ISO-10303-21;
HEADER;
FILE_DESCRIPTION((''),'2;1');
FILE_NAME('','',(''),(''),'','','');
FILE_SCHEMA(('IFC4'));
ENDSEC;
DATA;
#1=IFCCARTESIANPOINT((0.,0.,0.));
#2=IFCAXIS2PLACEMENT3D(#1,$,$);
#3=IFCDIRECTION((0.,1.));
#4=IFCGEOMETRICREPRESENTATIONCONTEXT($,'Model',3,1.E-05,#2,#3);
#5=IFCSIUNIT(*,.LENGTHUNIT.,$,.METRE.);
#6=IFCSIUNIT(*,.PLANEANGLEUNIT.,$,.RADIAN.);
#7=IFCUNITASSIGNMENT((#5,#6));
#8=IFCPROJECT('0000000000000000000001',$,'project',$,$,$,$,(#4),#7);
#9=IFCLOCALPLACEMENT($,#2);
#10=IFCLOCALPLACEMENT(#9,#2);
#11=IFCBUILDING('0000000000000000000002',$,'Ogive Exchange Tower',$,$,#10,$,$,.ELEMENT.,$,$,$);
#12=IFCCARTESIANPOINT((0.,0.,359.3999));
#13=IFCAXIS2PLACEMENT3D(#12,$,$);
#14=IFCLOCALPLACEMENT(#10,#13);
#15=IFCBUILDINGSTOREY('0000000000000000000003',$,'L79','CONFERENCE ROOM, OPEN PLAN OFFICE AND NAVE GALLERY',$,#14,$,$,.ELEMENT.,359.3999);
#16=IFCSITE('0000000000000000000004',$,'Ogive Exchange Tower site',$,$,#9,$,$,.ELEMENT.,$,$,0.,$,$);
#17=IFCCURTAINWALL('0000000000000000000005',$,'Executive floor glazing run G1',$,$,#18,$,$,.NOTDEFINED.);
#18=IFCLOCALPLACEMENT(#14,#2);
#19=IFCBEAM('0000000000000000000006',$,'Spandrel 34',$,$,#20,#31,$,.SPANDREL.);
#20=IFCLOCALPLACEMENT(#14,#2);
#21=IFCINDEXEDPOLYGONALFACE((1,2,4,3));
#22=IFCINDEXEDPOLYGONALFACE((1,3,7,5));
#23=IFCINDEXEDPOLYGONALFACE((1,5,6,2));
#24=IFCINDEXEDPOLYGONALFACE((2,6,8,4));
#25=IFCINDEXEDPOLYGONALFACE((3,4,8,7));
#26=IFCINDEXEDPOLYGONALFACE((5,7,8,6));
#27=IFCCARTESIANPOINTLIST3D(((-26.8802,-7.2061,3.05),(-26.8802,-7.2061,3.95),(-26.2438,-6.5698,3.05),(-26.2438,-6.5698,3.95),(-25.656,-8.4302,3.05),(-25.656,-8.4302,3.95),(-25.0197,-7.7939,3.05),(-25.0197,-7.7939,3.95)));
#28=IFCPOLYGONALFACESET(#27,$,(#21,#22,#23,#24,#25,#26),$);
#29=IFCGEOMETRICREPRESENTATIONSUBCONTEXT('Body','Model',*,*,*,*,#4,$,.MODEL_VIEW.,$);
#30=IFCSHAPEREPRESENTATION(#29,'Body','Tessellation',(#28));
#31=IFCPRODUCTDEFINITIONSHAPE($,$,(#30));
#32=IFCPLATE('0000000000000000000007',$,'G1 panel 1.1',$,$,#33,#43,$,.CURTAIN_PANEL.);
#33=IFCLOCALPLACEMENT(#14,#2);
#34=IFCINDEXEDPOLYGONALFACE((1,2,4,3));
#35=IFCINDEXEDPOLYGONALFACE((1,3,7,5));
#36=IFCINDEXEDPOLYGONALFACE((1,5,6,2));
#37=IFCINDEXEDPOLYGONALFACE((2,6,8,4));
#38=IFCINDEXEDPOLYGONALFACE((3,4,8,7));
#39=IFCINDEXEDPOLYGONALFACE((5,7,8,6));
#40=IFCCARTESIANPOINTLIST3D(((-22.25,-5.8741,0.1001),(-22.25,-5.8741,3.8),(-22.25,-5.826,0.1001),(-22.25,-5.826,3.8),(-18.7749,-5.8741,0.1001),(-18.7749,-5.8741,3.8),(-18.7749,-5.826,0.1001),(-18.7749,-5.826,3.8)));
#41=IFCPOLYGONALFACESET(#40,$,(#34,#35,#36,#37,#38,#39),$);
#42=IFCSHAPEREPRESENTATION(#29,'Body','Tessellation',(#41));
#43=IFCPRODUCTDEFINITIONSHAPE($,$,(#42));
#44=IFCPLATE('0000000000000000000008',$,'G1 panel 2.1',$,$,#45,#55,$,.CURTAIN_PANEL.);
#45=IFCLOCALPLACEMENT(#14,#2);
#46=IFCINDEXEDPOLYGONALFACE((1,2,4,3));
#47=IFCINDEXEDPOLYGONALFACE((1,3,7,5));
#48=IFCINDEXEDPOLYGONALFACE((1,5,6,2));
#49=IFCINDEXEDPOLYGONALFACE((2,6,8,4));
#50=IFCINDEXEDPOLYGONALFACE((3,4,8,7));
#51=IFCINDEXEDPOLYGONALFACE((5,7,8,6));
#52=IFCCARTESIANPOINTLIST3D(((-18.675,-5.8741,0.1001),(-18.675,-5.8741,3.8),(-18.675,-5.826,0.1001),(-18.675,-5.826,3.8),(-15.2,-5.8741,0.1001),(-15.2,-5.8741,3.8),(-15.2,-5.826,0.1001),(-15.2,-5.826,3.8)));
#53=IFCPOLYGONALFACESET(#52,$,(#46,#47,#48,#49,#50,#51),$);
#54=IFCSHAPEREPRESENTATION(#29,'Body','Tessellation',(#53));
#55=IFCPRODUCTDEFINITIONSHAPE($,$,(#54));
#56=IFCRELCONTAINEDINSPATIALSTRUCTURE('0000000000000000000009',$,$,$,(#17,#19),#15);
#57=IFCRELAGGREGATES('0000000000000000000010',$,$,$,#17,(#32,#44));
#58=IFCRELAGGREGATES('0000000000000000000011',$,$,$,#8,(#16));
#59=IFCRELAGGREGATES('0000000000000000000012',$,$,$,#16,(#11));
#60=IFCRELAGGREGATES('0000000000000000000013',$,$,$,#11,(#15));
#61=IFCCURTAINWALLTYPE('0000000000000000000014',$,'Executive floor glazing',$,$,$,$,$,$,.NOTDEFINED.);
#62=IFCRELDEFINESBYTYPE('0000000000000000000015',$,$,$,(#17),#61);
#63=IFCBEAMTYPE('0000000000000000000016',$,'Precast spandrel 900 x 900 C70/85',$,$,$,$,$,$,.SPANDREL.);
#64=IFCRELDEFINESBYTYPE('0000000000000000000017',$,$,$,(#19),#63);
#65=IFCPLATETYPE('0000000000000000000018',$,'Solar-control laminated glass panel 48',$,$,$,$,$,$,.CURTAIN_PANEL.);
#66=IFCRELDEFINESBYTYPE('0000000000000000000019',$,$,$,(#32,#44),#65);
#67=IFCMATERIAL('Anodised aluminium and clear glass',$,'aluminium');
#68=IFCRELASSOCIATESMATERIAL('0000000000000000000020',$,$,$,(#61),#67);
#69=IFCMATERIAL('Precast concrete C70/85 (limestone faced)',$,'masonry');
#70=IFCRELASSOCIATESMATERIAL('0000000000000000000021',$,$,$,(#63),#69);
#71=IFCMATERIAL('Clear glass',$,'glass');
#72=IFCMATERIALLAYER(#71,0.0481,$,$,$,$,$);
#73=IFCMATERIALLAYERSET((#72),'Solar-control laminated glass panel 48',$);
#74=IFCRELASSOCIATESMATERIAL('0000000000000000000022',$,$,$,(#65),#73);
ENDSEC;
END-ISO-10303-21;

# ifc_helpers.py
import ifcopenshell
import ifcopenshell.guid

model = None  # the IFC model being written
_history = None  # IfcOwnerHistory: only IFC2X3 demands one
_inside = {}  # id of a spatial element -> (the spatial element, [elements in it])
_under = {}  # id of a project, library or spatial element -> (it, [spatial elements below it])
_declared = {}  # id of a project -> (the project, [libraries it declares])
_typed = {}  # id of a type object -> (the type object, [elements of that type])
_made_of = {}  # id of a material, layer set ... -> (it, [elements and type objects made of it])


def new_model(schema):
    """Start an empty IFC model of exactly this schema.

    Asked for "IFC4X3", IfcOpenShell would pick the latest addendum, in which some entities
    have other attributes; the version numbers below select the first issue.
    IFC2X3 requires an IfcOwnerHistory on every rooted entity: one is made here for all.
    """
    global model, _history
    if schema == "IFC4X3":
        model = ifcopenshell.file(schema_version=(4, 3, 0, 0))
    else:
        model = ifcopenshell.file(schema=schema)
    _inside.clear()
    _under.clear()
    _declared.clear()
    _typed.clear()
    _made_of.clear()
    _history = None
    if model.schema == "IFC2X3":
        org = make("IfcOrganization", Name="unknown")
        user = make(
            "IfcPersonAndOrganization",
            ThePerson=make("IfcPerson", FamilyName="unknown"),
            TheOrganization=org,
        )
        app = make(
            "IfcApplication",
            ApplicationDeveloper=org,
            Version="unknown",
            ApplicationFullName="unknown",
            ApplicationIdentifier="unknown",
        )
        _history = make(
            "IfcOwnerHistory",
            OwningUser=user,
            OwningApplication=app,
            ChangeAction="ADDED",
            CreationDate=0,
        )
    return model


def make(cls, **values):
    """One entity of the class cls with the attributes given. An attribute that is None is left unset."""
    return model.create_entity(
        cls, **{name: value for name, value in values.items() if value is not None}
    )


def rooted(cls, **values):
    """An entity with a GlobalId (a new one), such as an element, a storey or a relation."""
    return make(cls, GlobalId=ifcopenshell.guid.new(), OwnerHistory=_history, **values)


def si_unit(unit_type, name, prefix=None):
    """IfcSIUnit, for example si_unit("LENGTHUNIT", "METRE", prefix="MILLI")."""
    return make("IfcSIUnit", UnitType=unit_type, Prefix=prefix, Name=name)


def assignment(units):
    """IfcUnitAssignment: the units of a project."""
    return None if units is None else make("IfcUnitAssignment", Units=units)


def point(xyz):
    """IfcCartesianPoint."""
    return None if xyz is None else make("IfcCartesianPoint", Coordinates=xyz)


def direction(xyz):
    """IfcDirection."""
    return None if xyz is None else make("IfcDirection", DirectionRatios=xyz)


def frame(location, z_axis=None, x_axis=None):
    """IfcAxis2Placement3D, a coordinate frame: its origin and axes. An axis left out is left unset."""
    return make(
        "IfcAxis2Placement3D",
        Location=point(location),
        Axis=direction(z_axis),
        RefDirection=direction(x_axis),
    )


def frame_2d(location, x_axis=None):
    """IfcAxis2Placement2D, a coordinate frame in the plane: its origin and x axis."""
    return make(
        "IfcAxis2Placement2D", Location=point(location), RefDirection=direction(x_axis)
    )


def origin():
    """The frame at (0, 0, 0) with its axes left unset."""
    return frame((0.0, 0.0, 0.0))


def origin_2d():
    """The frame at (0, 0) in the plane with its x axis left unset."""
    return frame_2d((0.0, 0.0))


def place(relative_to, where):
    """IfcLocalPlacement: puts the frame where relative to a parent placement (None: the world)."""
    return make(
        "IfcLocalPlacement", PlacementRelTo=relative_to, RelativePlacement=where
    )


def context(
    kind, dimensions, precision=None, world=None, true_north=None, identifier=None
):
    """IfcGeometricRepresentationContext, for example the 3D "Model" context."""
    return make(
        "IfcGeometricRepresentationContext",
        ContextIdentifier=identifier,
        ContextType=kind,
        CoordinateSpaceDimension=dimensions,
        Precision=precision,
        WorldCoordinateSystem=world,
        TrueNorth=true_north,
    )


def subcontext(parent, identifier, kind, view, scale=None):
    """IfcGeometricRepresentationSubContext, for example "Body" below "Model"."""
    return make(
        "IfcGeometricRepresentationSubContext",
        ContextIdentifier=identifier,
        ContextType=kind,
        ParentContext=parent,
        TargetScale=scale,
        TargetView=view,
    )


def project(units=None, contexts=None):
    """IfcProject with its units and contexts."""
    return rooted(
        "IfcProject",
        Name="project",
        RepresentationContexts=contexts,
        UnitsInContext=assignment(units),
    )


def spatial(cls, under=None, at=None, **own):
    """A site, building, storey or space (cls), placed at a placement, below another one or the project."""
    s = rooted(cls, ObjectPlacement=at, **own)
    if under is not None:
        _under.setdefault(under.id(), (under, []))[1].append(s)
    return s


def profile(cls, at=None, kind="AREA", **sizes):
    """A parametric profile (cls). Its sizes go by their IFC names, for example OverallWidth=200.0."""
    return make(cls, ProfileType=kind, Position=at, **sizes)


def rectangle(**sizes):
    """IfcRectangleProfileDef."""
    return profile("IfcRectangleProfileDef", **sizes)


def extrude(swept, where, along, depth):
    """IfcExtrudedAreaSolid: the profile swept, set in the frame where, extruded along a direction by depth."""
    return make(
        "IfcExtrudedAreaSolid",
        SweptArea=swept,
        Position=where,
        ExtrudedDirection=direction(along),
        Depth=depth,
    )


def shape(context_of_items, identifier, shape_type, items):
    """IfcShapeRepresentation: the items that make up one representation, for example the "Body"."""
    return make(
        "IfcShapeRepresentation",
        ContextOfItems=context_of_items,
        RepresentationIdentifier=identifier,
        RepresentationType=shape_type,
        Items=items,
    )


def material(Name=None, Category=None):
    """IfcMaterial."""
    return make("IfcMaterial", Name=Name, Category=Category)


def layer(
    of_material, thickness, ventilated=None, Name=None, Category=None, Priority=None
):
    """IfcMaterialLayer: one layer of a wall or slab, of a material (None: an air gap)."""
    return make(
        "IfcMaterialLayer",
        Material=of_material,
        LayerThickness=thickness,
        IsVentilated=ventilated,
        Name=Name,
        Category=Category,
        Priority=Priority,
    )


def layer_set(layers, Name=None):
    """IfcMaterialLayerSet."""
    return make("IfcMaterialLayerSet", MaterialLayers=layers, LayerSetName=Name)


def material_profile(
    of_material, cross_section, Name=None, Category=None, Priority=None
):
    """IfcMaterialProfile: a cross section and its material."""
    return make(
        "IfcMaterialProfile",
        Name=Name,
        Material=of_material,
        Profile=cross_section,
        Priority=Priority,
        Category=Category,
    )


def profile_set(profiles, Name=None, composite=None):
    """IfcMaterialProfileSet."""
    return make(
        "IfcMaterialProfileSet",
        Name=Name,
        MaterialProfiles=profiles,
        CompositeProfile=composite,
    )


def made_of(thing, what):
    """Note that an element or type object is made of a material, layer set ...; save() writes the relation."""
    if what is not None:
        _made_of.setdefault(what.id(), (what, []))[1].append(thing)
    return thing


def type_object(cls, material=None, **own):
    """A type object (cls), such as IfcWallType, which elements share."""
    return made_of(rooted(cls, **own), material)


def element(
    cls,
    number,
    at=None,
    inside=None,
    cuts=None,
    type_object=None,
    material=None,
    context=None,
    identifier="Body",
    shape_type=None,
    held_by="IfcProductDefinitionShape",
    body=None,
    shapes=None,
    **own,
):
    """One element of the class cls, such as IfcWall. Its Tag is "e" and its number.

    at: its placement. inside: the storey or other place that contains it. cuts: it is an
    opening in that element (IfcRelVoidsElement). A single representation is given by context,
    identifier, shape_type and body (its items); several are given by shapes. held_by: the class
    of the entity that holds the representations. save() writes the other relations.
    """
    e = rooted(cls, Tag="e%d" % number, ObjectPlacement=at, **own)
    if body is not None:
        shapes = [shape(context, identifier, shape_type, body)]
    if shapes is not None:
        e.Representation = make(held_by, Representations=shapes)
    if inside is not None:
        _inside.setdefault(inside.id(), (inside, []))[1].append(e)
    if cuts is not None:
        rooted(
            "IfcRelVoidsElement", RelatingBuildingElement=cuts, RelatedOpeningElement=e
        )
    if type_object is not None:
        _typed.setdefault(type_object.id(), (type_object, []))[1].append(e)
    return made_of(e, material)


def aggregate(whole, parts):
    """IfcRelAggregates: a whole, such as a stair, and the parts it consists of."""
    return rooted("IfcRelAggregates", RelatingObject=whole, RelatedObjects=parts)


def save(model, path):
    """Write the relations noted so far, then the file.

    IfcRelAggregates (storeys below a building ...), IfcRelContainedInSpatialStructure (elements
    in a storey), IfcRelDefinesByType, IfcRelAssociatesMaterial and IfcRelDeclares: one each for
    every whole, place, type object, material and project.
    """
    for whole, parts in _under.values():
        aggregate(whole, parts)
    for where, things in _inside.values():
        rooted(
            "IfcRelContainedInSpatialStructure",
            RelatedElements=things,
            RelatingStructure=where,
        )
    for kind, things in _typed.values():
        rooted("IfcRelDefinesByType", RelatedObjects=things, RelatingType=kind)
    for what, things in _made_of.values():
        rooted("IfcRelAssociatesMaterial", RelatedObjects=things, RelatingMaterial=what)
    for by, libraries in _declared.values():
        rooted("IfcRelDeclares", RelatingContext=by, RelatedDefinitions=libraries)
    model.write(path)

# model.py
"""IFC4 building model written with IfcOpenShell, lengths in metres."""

from ifc_helpers import new_model, si_unit, direction, frame, origin, origin_2d, place, context, subcontext, project, spatial, rectangle, extrude, material, layer, layer_set, material_profile, profile_set, type_object, element, aggregate, save


model = new_model("IFC4")

# Units and contexts
model_context = context("Model", 3, precision=1e-05, world=origin(), true_north=direction((0.0, 1.0)))
body_context = subcontext(model_context, "Body", "Model", "MODEL_VIEW")
ifc_project = project(units=[si_unit("LENGTHUNIT", "METRE"), si_unit("PLANEANGLEUNIT", "RADIAN")], contexts=[model_context])

# Site, building, storey
site_placement = place(None, origin())
site = spatial("IfcSite", under=ifc_project, at=site_placement, Name="Ogive Exchange Tower site", CompositionType="ELEMENT", RefElevation=0.0)
building_placement = place(site_placement, origin())
building = spatial("IfcBuilding", under=site, at=building_placement, Name="Ogive Exchange Tower", CompositionType="ELEMENT")
storey_placement = place(building_placement, frame((0.0, 0.0, 359.3999)))
storey = spatial("IfcBuildingStorey", under=building, at=storey_placement, Name="L79", Description="CONFERENCE ROOM, OPEN PLAN OFFICE AND NAVE GALLERY", CompositionType="ELEMENT", Elevation=359.3999)

# Shared definitions
ifc_material_1 = material(Name="Precast concrete C70/85 (limestone faced)", Category="masonry")

# Curtain wall
ifc_material_2 = material(Name="Anodised aluminium and clear glass", Category="aluminium")
curtain_wall_type = type_object("IfcCurtainWallType", Name="Executive floor glazing", PredefinedType="NOTDEFINED", material=ifc_material_2)
curtain_wall_placement = place(storey_placement, origin())
curtain_wall = element("IfcCurtainWall", 1, at=curtain_wall_placement, inside=storey, type_object=curtain_wall_type, Name="Executive floor glazing run G1", PredefinedType="NOTDEFINED")

# Beam
ifc_material_profile_1 = material_profile(ifc_material_1, rectangle(XDim=0.8999, YDim=0.8999, at=origin_2d()), Name="900 x 900")
ifc_profile_set_1 = profile_set([ifc_material_profile_1], Name="Precast concrete C70/85 (limestone faced)")
beam_type_1 = type_object("IfcBeamType", Name="Precast spandrel 900 x 900 C70/85", PredefinedType="SPANDREL", material=ifc_profile_set_1)
for number, where, z_axis, x_axis, name in (
    (2, (-26.562, -6.8879, 3.5), (0.707107, -0.707107, 0.0), (0.707107, 0.707107, 0.0), "Spandrel 34"),
):
    element("IfcBeam", number, at=place(storey_placement, frame(where, z_axis=z_axis, x_axis=x_axis)), inside=storey, type_object=beam_type_1, Name=name, PredefinedType="SPANDREL", context=body_context, shape_type="SweptSolid", body=[
        extrude(rectangle(XDim=0.8999, YDim=0.8999, at=origin_2d()), origin(), (0.0, 0.0, 1.0), 1.7312),
    ])

# Plates
ifc_material_3 = material(Name="Clear glass", Category="glass")
ifc_layer = layer(ifc_material_3, 0.0481)
ifc_layer_set = layer_set([ifc_layer], Name="Solar-control laminated glass panel 48")
plate_type = type_object("IfcPlateType", Name="Solar-control laminated glass panel 48", PredefinedType="CURTAIN_PANEL", material=ifc_layer_set)
plate_1_placement = place(storey_placement, frame((-20.5125, -5.8501, 0.1001), z_axis=(0.0, 0.0, 1.0), x_axis=(1.0, 0.0, 0.0)))
plate_1 = element("IfcPlate", 3, at=plate_1_placement, type_object=plate_type, Name="G1 panel 1.1", PredefinedType="CURTAIN_PANEL", context=body_context, shape_type="SweptSolid", body=[
    extrude(rectangle(XDim=3.4751, YDim=0.0481, at=origin_2d()), origin(), (0.0, 0.0, 1.0), 3.7),
])
plate_2_placement = place(storey_placement, frame((-16.9375, -5.8501, 0.1001), z_axis=(0.0, 0.0, 1.0), x_axis=(1.0, 0.0, 0.0)))
plate_2 = element("IfcPlate", 4, at=plate_2_placement, type_object=plate_type, Name="G1 panel 2.1", PredefinedType="CURTAIN_PANEL", context=body_context, shape_type="SweptSolid", body=[
    extrude(rectangle(XDim=3.4751, YDim=0.0481, at=origin_2d()), origin(), (0.0, 0.0, 1.0), 3.7),
])
aggregate(curtain_wall, [plate_1, plate_2])

save(model, "model.ifc")
